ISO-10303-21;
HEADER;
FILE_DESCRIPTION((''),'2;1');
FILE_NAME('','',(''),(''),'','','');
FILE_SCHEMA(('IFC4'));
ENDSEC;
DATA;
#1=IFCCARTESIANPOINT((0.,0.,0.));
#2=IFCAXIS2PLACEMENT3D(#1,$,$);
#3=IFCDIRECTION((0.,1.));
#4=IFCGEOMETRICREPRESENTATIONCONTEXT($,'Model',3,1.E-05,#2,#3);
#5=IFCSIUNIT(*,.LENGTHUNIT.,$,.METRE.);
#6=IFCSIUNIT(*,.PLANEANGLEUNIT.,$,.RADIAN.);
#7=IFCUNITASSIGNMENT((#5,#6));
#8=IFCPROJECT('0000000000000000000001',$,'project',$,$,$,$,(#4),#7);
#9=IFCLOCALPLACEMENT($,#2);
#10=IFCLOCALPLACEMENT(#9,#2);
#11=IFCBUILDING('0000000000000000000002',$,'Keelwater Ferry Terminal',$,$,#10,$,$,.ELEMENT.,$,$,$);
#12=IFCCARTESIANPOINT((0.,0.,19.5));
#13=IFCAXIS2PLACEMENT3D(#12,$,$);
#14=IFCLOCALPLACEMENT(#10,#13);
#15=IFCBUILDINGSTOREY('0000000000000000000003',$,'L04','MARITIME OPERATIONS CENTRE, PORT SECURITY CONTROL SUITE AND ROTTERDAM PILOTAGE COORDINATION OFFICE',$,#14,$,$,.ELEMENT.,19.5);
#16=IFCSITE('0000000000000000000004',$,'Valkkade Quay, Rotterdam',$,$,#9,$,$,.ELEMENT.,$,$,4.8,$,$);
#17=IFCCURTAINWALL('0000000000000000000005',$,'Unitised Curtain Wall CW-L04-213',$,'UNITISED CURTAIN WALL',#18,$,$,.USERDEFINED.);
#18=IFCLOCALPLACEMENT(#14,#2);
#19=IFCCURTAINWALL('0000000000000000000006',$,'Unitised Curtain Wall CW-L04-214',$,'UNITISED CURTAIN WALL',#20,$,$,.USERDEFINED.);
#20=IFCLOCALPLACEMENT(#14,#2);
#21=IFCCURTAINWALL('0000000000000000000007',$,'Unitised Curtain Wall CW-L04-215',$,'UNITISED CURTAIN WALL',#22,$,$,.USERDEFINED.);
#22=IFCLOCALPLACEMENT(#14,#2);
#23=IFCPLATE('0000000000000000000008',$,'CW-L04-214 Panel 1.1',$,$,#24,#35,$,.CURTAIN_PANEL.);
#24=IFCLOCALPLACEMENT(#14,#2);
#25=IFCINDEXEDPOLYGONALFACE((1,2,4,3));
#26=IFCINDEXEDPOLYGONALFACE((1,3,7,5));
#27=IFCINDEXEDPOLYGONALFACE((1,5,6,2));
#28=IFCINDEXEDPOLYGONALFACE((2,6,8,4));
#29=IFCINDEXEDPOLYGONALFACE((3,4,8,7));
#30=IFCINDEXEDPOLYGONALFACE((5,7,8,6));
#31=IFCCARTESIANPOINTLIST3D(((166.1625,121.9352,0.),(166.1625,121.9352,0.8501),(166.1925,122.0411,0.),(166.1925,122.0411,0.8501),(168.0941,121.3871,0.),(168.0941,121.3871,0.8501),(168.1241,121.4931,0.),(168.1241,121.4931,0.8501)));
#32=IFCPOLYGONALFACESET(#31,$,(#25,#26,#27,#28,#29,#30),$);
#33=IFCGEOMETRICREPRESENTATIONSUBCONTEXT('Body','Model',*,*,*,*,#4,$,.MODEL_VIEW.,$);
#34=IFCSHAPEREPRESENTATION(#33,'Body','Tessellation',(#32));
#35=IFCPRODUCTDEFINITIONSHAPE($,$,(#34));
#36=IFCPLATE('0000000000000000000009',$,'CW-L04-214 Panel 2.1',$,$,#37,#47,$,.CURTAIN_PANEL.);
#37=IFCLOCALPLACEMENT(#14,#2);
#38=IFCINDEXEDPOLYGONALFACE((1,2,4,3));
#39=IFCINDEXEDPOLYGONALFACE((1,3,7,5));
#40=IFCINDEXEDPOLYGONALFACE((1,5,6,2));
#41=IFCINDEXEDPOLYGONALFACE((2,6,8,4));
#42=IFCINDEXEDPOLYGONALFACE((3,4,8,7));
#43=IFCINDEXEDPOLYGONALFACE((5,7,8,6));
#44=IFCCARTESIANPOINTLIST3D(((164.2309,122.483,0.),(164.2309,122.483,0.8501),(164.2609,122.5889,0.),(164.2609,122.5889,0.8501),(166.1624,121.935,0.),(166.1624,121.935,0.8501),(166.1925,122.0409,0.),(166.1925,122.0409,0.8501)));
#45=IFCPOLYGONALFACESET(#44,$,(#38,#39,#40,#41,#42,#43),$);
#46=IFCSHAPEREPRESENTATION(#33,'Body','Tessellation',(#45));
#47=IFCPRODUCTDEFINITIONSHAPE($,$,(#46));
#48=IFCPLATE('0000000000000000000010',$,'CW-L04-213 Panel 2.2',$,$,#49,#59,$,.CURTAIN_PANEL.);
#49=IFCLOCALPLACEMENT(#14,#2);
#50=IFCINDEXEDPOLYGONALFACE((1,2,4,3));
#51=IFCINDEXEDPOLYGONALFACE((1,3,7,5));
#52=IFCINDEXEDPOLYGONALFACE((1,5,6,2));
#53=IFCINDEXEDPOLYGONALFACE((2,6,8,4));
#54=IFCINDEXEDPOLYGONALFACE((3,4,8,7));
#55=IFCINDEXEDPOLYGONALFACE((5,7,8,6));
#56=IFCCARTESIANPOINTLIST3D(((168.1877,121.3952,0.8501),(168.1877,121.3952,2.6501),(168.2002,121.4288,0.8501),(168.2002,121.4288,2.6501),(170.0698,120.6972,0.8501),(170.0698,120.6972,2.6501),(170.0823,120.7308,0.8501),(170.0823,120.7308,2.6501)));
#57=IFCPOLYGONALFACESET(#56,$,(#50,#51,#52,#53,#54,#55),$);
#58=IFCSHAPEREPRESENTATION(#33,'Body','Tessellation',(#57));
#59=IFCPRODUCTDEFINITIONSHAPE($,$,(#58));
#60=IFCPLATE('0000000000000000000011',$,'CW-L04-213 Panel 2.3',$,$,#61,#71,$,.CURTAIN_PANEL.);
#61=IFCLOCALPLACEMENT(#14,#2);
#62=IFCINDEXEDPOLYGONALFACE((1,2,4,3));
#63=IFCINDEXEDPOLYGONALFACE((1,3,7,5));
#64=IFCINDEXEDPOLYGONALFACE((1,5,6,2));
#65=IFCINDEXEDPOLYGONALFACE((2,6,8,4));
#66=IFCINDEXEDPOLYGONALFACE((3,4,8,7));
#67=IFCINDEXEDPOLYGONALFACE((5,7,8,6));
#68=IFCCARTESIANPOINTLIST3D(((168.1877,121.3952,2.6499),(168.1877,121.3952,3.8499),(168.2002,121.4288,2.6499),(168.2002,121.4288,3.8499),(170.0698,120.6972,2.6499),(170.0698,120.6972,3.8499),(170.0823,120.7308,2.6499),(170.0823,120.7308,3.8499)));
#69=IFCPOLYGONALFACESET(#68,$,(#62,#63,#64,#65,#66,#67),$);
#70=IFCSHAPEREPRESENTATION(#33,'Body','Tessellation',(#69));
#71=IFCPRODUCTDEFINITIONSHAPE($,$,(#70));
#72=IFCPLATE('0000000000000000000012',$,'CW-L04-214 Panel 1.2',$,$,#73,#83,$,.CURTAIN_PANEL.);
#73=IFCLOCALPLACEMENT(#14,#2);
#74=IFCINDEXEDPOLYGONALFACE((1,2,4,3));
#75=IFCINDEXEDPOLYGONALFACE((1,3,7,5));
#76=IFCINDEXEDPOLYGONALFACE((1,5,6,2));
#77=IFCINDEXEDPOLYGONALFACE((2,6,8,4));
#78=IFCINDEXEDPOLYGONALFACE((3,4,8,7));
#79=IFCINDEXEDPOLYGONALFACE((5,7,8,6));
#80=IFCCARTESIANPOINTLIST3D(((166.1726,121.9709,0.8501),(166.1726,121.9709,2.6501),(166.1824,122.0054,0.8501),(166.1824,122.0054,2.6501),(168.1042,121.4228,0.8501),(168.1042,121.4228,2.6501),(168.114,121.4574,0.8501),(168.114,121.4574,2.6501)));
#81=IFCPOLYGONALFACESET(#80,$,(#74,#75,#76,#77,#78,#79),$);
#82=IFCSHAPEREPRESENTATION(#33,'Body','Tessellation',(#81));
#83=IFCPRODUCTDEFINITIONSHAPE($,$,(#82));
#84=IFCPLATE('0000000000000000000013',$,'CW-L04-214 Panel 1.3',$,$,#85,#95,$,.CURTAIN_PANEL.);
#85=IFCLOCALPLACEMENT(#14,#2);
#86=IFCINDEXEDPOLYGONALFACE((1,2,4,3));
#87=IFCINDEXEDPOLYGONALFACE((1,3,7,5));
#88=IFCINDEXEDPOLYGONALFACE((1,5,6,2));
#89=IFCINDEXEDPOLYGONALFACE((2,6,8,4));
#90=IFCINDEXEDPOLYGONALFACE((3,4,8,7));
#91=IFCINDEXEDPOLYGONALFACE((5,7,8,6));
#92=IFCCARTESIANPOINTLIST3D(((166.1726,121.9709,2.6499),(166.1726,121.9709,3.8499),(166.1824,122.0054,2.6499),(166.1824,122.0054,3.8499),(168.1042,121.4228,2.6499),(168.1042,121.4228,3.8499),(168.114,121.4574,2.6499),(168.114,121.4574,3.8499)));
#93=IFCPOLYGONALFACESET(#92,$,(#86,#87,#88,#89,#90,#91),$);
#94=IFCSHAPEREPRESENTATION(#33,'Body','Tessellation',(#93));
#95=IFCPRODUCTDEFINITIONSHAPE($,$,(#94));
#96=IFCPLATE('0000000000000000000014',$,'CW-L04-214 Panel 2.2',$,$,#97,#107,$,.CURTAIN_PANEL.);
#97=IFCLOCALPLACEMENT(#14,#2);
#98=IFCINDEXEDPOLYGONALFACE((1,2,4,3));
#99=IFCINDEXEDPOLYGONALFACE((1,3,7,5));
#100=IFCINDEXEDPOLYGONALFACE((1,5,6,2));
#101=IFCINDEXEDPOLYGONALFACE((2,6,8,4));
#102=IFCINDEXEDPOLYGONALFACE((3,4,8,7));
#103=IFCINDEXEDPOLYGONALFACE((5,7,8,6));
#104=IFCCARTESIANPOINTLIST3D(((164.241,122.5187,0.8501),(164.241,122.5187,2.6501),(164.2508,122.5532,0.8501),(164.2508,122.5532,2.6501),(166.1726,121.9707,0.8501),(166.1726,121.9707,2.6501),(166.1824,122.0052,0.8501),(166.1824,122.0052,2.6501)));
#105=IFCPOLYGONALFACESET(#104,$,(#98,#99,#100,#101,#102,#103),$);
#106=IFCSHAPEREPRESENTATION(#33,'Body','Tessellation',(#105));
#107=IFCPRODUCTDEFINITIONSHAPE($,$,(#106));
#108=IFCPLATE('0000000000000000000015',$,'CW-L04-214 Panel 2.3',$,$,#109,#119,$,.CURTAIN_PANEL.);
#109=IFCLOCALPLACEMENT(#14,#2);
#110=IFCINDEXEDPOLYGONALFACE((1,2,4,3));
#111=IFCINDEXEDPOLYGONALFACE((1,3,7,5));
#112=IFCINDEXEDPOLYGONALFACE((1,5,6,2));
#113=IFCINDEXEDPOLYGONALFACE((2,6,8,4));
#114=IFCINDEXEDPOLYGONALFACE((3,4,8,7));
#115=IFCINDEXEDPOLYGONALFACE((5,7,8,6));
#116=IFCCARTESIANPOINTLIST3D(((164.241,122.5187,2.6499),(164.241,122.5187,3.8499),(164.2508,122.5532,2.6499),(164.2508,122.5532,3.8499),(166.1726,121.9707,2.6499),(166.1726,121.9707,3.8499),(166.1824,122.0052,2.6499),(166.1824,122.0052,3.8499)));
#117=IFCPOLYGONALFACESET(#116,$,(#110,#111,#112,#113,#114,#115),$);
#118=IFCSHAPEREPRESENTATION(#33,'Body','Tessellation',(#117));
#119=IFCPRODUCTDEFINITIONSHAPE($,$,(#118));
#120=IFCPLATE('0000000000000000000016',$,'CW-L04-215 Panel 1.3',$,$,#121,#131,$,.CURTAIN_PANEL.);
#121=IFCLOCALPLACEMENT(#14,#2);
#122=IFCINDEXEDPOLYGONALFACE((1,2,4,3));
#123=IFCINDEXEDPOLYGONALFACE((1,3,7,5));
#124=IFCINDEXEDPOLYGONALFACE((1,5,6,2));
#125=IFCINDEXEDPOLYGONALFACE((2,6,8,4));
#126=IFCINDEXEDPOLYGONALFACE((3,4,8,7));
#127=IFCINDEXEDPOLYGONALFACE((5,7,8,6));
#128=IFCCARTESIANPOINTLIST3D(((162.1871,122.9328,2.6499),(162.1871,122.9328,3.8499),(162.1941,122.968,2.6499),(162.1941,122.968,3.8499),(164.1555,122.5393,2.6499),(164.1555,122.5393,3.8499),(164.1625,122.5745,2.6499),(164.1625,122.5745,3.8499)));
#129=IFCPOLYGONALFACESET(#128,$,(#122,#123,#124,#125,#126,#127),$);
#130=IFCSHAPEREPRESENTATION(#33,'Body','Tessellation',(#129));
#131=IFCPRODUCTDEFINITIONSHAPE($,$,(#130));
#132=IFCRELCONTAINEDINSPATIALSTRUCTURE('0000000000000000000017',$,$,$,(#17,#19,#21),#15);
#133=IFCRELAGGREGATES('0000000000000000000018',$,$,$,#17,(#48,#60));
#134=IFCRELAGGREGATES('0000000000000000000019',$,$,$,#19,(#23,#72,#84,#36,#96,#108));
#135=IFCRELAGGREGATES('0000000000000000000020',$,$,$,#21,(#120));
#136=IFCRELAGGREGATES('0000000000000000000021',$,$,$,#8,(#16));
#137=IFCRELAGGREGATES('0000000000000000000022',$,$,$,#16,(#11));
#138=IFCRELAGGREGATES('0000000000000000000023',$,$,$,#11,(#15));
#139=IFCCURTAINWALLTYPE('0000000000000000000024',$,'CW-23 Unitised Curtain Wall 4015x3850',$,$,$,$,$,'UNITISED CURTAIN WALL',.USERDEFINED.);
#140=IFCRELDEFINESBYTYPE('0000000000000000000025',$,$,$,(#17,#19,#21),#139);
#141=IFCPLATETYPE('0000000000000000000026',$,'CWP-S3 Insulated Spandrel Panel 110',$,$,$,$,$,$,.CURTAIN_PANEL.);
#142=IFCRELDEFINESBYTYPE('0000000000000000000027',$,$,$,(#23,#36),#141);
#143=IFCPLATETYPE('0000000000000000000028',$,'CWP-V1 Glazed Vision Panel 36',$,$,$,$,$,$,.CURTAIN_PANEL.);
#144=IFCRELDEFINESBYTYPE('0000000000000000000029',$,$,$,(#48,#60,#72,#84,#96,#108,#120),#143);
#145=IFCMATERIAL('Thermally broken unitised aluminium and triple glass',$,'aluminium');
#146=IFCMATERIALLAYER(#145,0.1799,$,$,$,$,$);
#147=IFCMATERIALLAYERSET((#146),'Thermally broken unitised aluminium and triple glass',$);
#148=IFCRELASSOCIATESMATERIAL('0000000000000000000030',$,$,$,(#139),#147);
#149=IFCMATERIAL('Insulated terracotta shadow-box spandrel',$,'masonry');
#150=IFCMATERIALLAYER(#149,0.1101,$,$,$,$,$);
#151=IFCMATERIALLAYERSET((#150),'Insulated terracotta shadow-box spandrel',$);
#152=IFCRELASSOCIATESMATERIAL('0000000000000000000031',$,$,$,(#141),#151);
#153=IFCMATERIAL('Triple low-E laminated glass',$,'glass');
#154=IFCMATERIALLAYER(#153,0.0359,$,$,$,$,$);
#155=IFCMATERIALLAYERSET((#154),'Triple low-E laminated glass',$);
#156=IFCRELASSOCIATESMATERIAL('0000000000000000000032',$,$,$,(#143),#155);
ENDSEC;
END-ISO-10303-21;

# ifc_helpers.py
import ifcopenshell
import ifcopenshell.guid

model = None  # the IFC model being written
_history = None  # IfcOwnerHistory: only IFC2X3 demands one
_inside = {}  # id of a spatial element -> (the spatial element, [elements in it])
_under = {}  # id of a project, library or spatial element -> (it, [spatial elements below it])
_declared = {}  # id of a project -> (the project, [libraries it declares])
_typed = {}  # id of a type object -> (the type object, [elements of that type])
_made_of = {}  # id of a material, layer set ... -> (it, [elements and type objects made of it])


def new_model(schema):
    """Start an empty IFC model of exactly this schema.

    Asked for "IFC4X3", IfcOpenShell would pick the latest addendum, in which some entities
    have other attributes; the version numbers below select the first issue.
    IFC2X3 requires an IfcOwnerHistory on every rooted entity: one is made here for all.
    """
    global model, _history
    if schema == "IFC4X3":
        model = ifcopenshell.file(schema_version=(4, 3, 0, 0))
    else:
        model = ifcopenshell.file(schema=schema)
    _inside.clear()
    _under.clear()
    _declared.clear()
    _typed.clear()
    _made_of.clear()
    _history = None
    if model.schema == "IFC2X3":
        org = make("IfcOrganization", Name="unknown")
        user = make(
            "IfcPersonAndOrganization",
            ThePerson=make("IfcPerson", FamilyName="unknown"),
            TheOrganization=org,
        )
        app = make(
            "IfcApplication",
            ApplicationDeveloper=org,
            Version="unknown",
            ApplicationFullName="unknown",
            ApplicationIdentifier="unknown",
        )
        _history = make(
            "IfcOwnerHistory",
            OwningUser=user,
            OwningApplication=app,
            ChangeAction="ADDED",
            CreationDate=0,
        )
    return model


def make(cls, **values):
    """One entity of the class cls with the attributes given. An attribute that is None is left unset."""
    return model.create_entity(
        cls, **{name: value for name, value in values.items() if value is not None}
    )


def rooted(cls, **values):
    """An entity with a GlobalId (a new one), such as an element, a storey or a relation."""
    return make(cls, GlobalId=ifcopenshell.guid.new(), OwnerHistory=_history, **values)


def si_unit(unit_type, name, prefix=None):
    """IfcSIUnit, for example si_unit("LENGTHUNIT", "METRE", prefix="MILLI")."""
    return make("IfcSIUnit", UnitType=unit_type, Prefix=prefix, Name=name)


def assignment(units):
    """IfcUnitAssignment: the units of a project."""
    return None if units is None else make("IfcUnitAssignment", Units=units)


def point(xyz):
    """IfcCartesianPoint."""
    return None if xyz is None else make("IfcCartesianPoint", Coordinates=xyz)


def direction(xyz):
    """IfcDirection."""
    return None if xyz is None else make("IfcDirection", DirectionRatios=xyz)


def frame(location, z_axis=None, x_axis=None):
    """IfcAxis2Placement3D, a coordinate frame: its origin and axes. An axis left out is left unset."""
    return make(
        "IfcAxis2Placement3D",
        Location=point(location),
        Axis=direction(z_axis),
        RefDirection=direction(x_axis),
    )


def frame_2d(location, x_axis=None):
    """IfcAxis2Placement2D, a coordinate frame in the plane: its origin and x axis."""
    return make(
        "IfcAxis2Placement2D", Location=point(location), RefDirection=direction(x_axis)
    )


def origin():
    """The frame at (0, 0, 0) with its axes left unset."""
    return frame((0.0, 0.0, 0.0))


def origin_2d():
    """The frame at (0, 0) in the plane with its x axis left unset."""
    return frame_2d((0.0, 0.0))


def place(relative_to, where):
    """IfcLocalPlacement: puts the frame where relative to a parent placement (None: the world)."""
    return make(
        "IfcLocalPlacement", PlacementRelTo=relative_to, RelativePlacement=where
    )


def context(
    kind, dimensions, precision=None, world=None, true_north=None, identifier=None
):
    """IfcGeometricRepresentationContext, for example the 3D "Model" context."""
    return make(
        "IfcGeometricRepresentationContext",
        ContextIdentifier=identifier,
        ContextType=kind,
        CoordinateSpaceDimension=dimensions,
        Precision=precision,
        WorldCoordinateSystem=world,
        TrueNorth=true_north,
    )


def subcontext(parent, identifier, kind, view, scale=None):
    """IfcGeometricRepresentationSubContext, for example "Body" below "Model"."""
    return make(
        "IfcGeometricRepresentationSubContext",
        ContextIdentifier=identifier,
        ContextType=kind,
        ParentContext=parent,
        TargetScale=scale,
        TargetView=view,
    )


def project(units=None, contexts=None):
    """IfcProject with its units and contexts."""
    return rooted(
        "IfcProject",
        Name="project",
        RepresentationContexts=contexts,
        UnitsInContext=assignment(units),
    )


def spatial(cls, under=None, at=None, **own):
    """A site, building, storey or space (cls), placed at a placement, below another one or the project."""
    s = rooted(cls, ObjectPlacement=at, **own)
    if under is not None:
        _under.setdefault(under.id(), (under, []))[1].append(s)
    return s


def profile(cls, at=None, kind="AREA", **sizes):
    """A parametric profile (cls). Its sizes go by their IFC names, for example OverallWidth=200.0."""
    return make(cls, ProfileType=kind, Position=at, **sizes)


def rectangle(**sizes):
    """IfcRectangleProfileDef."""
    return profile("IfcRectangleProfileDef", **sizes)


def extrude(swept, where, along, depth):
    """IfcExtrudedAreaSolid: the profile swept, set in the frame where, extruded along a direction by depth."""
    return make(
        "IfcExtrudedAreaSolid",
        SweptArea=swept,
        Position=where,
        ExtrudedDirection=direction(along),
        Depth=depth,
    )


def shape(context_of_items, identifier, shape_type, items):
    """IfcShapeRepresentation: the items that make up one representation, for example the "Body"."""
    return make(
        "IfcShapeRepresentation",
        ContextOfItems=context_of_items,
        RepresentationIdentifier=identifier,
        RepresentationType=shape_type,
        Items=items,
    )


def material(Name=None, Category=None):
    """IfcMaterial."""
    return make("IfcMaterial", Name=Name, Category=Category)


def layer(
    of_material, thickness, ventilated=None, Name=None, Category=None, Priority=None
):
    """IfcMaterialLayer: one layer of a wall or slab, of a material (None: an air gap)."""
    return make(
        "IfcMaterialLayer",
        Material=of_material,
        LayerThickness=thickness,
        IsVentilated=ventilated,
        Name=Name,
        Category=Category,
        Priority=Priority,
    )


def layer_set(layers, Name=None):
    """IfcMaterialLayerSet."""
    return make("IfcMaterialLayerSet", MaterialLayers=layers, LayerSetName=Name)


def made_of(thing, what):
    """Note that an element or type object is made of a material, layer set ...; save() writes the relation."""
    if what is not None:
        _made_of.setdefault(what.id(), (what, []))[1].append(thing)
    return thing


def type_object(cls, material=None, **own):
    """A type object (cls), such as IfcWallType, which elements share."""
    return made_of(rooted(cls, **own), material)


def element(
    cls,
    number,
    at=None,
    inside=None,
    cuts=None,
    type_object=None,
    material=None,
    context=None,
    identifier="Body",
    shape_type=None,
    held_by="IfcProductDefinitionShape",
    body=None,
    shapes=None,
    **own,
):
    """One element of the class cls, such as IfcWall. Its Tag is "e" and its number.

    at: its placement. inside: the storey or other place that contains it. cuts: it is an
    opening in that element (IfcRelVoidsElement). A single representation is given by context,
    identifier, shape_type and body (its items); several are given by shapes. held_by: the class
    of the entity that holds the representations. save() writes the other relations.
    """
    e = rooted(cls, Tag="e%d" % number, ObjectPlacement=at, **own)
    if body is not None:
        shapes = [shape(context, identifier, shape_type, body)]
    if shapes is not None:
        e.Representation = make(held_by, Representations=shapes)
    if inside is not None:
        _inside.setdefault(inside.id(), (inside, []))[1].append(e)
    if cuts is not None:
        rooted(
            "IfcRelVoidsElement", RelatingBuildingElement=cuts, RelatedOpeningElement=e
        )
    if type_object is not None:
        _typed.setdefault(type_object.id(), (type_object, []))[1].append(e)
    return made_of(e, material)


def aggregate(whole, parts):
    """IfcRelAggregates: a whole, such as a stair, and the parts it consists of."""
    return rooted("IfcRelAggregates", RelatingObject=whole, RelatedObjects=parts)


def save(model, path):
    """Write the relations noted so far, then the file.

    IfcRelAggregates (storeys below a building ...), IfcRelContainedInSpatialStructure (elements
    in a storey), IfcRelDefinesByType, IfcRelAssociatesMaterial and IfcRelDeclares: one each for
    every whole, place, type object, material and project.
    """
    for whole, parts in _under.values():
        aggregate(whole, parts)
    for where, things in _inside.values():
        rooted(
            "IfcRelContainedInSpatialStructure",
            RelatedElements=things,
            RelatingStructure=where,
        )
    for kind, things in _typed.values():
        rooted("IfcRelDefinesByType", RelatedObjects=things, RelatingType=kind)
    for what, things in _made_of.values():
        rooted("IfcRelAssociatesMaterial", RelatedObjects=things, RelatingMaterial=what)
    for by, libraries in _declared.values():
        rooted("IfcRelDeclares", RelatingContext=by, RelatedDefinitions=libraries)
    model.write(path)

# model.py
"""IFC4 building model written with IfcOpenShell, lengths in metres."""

from ifc_helpers import new_model, si_unit, direction, frame, origin, origin_2d, place, context, subcontext, project, spatial, rectangle, extrude, material, layer, layer_set, type_object, element, aggregate, save


model = new_model("IFC4")

# Units and contexts
model_context = context("Model", 3, precision=1e-05, world=origin(), true_north=direction((0.0, 1.0)))
body_context = subcontext(model_context, "Body", "Model", "MODEL_VIEW")
ifc_project = project(units=[si_unit("LENGTHUNIT", "METRE"), si_unit("PLANEANGLEUNIT", "RADIAN")], contexts=[model_context])

# Site, building, storey
site_placement = place(None, origin())
site = spatial("IfcSite", under=ifc_project, at=site_placement, Name="Valkkade Quay, Rotterdam", CompositionType="ELEMENT", RefElevation=4.8)
building_placement = place(site_placement, origin())
building = spatial("IfcBuilding", under=site, at=building_placement, Name="Keelwater Ferry Terminal", CompositionType="ELEMENT")
storey_placement = place(building_placement, frame((0.0, 0.0, 19.5)))
storey = spatial("IfcBuildingStorey", under=building, at=storey_placement, Name="L04", Description="MARITIME OPERATIONS CENTRE, PORT SECURITY CONTROL SUITE AND ROTTERDAM PILOTAGE COORDINATION OFFICE", CompositionType="ELEMENT", Elevation=19.5)

# Curtain wall
ifc_material_1 = material(Name="Thermally broken unitised aluminium and triple glass", Category="aluminium")
ifc_layer_1 = layer(ifc_material_1, 0.1799)
ifc_layer_set_1 = layer_set([ifc_layer_1], Name="Thermally broken unitised aluminium and triple glass")
curtain_wall_type = type_object("IfcCurtainWallType", Name="CW-23 Unitised Curtain Wall 4015x3850", ElementType="UNITISED CURTAIN WALL", PredefinedType="USERDEFINED", material=ifc_layer_set_1)
curtain_wall_1_placement = place(storey_placement, origin())
curtain_wall_1 = element("IfcCurtainWall", 1, at=curtain_wall_1_placement, inside=storey, type_object=curtain_wall_type, Name="Unitised Curtain Wall CW-L04-213", ObjectType="UNITISED CURTAIN WALL", PredefinedType="USERDEFINED")

# Curtain wall
curtain_wall_2_placement = place(storey_placement, origin())
curtain_wall_2 = element("IfcCurtainWall", 2, at=curtain_wall_2_placement, inside=storey, type_object=curtain_wall_type, Name="Unitised Curtain Wall CW-L04-214", ObjectType="UNITISED CURTAIN WALL", PredefinedType="USERDEFINED")

# Curtain wall
curtain_wall_3_placement = place(storey_placement, origin())
curtain_wall_3 = element("IfcCurtainWall", 3, at=curtain_wall_3_placement, inside=storey, type_object=curtain_wall_type, Name="Unitised Curtain Wall CW-L04-215", ObjectType="UNITISED CURTAIN WALL", PredefinedType="USERDEFINED")

# Plates
ifc_material_2 = material(Name="Insulated terracotta shadow-box spandrel", Category="masonry")
ifc_layer_2 = layer(ifc_material_2, 0.1101)
ifc_layer_set_2 = layer_set([ifc_layer_2], Name="Insulated terracotta shadow-box spandrel")
plate_type_1 = type_object("IfcPlateType", Name="CWP-S3 Insulated Spandrel Panel 110", PredefinedType="CURTAIN_PANEL", material=ifc_layer_set_2)
plate_1_placement = place(storey_placement, frame((167.1433, 121.7141, 0.0), z_axis=(0.0, 0.0, 1.0), x_axis=(-0.96203, 0.272945, 0.0)))
plate_1 = element("IfcPlate", 4, at=plate_1_placement, type_object=plate_type_1, Name="CW-L04-214 Panel 1.1", PredefinedType="CURTAIN_PANEL", context=body_context, shape_type="SweptSolid", body=[
    extrude(rectangle(XDim=2.0078, YDim=0.1101, at=origin_2d()), origin(), (0.0, 0.0, 1.0), 0.8501),
])
plate_2_placement = place(storey_placement, frame((165.2117, 122.262, 0.0), z_axis=(0.0, 0.0, 1.0), x_axis=(-0.96203, 0.272945, 0.0)))
plate_2 = element("IfcPlate", 5, at=plate_2_placement, type_object=plate_type_1, Name="CW-L04-214 Panel 2.1", PredefinedType="CURTAIN_PANEL", context=body_context, shape_type="SweptSolid", body=[
    extrude(rectangle(XDim=2.0078, YDim=0.1101, at=origin_2d()), origin(), (0.0, 0.0, 1.0), 0.8501),
])
ifc_material_3 = material(Name="Triple low-E laminated glass", Category="glass")
ifc_layer_3 = layer(ifc_material_3, 0.0359)
ifc_layer_set_3 = layer_set([ifc_layer_3], Name="Triple low-E laminated glass")
plate_type_2 = type_object("IfcPlateType", Name="CWP-V1 Glazed Vision Panel 36", PredefinedType="CURTAIN_PANEL", material=ifc_layer_set_3)
plate_3_placement = place(storey_placement, frame((169.135, 121.063, 0.8501), z_axis=(0.0, 0.0, 1.0), x_axis=(-0.937592, 0.347736, 0.0)))
plate_3 = element("IfcPlate", 6, at=plate_3_placement, type_object=plate_type_2, Name="CW-L04-213 Panel 2.2", PredefinedType="CURTAIN_PANEL", context=body_context, shape_type="SweptSolid", body=[
    extrude(rectangle(XDim=2.0073, YDim=0.0359, at=origin_2d()), origin(), (0.0, 0.0, 1.0), 1.8),
])
plate_4_placement = place(storey_placement, frame((169.135, 121.063, 2.6499), z_axis=(0.0, 0.0, 1.0), x_axis=(-0.937592, 0.347736, 0.0)))
plate_4 = element("IfcPlate", 7, at=plate_4_placement, type_object=plate_type_2, Name="CW-L04-213 Panel 2.3", PredefinedType="CURTAIN_PANEL", context=body_context, shape_type="SweptSolid", body=[
    extrude(rectangle(XDim=2.0073, YDim=0.0359, at=origin_2d()), origin(), (0.0, 0.0, 1.0), 1.2),
])
aggregate(curtain_wall_1, [plate_3, plate_4])
plate_5_placement = place(storey_placement, frame((167.1433, 121.7141, 0.8501), z_axis=(0.0, 0.0, 1.0), x_axis=(-0.96203, 0.272945, 0.0)))
plate_5 = element("IfcPlate", 8, at=plate_5_placement, type_object=plate_type_2, Name="CW-L04-214 Panel 1.2", PredefinedType="CURTAIN_PANEL", context=body_context, shape_type="SweptSolid", body=[
    extrude(rectangle(XDim=2.0078, YDim=0.0359, at=origin_2d()), origin(), (0.0, 0.0, 1.0), 1.8),
])
plate_6_placement = place(storey_placement, frame((167.1433, 121.7141, 2.6499), z_axis=(0.0, 0.0, 1.0), x_axis=(-0.96203, 0.272945, 0.0)))
plate_6 = element("IfcPlate", 9, at=plate_6_placement, type_object=plate_type_2, Name="CW-L04-214 Panel 1.3", PredefinedType="CURTAIN_PANEL", context=body_context, shape_type="SweptSolid", body=[
    extrude(rectangle(XDim=2.0078, YDim=0.0359, at=origin_2d()), origin(), (0.0, 0.0, 1.0), 1.2),
])
plate_7_placement = place(storey_placement, frame((165.2117, 122.262, 0.8501), z_axis=(0.0, 0.0, 1.0), x_axis=(-0.96203, 0.272945, 0.0)))
plate_7 = element("IfcPlate", 10, at=plate_7_placement, type_object=plate_type_2, Name="CW-L04-214 Panel 2.2", PredefinedType="CURTAIN_PANEL", context=body_context, shape_type="SweptSolid", body=[
    extrude(rectangle(XDim=2.0078, YDim=0.0359, at=origin_2d()), origin(), (0.0, 0.0, 1.0), 1.8),
])
plate_8_placement = place(storey_placement, frame((165.2117, 122.262, 2.6499), z_axis=(0.0, 0.0, 1.0), x_axis=(-0.96203, 0.272945, 0.0)))
plate_8 = element("IfcPlate", 11, at=plate_8_placement, type_object=plate_type_2, Name="CW-L04-214 Panel 2.3", PredefinedType="CURTAIN_PANEL", context=body_context, shape_type="SweptSolid", body=[
    extrude(rectangle(XDim=2.0078, YDim=0.0359, at=origin_2d()), origin(), (0.0, 0.0, 1.0), 1.2),
])
aggregate(curtain_wall_2, [plate_1, plate_5, plate_6, plate_2, plate_7, plate_8])
plate_9_placement = place(storey_placement, frame((163.1748, 122.7537, 2.6499), z_axis=(0.0, 0.0, 1.0), x_axis=(-0.9806, 0.19602, 0.0)))
plate_9 = element("IfcPlate", 12, at=plate_9_placement, type_object=plate_type_2, Name="CW-L04-215 Panel 1.3", PredefinedType="CURTAIN_PANEL", context=body_context, shape_type="SweptSolid", body=[
    extrude(rectangle(XDim=2.0073, YDim=0.0359, at=origin_2d()), origin(), (0.0, 0.0, 1.0), 1.2),
])
aggregate(curtain_wall_3, [plate_9])

save(model, "model.ifc")
